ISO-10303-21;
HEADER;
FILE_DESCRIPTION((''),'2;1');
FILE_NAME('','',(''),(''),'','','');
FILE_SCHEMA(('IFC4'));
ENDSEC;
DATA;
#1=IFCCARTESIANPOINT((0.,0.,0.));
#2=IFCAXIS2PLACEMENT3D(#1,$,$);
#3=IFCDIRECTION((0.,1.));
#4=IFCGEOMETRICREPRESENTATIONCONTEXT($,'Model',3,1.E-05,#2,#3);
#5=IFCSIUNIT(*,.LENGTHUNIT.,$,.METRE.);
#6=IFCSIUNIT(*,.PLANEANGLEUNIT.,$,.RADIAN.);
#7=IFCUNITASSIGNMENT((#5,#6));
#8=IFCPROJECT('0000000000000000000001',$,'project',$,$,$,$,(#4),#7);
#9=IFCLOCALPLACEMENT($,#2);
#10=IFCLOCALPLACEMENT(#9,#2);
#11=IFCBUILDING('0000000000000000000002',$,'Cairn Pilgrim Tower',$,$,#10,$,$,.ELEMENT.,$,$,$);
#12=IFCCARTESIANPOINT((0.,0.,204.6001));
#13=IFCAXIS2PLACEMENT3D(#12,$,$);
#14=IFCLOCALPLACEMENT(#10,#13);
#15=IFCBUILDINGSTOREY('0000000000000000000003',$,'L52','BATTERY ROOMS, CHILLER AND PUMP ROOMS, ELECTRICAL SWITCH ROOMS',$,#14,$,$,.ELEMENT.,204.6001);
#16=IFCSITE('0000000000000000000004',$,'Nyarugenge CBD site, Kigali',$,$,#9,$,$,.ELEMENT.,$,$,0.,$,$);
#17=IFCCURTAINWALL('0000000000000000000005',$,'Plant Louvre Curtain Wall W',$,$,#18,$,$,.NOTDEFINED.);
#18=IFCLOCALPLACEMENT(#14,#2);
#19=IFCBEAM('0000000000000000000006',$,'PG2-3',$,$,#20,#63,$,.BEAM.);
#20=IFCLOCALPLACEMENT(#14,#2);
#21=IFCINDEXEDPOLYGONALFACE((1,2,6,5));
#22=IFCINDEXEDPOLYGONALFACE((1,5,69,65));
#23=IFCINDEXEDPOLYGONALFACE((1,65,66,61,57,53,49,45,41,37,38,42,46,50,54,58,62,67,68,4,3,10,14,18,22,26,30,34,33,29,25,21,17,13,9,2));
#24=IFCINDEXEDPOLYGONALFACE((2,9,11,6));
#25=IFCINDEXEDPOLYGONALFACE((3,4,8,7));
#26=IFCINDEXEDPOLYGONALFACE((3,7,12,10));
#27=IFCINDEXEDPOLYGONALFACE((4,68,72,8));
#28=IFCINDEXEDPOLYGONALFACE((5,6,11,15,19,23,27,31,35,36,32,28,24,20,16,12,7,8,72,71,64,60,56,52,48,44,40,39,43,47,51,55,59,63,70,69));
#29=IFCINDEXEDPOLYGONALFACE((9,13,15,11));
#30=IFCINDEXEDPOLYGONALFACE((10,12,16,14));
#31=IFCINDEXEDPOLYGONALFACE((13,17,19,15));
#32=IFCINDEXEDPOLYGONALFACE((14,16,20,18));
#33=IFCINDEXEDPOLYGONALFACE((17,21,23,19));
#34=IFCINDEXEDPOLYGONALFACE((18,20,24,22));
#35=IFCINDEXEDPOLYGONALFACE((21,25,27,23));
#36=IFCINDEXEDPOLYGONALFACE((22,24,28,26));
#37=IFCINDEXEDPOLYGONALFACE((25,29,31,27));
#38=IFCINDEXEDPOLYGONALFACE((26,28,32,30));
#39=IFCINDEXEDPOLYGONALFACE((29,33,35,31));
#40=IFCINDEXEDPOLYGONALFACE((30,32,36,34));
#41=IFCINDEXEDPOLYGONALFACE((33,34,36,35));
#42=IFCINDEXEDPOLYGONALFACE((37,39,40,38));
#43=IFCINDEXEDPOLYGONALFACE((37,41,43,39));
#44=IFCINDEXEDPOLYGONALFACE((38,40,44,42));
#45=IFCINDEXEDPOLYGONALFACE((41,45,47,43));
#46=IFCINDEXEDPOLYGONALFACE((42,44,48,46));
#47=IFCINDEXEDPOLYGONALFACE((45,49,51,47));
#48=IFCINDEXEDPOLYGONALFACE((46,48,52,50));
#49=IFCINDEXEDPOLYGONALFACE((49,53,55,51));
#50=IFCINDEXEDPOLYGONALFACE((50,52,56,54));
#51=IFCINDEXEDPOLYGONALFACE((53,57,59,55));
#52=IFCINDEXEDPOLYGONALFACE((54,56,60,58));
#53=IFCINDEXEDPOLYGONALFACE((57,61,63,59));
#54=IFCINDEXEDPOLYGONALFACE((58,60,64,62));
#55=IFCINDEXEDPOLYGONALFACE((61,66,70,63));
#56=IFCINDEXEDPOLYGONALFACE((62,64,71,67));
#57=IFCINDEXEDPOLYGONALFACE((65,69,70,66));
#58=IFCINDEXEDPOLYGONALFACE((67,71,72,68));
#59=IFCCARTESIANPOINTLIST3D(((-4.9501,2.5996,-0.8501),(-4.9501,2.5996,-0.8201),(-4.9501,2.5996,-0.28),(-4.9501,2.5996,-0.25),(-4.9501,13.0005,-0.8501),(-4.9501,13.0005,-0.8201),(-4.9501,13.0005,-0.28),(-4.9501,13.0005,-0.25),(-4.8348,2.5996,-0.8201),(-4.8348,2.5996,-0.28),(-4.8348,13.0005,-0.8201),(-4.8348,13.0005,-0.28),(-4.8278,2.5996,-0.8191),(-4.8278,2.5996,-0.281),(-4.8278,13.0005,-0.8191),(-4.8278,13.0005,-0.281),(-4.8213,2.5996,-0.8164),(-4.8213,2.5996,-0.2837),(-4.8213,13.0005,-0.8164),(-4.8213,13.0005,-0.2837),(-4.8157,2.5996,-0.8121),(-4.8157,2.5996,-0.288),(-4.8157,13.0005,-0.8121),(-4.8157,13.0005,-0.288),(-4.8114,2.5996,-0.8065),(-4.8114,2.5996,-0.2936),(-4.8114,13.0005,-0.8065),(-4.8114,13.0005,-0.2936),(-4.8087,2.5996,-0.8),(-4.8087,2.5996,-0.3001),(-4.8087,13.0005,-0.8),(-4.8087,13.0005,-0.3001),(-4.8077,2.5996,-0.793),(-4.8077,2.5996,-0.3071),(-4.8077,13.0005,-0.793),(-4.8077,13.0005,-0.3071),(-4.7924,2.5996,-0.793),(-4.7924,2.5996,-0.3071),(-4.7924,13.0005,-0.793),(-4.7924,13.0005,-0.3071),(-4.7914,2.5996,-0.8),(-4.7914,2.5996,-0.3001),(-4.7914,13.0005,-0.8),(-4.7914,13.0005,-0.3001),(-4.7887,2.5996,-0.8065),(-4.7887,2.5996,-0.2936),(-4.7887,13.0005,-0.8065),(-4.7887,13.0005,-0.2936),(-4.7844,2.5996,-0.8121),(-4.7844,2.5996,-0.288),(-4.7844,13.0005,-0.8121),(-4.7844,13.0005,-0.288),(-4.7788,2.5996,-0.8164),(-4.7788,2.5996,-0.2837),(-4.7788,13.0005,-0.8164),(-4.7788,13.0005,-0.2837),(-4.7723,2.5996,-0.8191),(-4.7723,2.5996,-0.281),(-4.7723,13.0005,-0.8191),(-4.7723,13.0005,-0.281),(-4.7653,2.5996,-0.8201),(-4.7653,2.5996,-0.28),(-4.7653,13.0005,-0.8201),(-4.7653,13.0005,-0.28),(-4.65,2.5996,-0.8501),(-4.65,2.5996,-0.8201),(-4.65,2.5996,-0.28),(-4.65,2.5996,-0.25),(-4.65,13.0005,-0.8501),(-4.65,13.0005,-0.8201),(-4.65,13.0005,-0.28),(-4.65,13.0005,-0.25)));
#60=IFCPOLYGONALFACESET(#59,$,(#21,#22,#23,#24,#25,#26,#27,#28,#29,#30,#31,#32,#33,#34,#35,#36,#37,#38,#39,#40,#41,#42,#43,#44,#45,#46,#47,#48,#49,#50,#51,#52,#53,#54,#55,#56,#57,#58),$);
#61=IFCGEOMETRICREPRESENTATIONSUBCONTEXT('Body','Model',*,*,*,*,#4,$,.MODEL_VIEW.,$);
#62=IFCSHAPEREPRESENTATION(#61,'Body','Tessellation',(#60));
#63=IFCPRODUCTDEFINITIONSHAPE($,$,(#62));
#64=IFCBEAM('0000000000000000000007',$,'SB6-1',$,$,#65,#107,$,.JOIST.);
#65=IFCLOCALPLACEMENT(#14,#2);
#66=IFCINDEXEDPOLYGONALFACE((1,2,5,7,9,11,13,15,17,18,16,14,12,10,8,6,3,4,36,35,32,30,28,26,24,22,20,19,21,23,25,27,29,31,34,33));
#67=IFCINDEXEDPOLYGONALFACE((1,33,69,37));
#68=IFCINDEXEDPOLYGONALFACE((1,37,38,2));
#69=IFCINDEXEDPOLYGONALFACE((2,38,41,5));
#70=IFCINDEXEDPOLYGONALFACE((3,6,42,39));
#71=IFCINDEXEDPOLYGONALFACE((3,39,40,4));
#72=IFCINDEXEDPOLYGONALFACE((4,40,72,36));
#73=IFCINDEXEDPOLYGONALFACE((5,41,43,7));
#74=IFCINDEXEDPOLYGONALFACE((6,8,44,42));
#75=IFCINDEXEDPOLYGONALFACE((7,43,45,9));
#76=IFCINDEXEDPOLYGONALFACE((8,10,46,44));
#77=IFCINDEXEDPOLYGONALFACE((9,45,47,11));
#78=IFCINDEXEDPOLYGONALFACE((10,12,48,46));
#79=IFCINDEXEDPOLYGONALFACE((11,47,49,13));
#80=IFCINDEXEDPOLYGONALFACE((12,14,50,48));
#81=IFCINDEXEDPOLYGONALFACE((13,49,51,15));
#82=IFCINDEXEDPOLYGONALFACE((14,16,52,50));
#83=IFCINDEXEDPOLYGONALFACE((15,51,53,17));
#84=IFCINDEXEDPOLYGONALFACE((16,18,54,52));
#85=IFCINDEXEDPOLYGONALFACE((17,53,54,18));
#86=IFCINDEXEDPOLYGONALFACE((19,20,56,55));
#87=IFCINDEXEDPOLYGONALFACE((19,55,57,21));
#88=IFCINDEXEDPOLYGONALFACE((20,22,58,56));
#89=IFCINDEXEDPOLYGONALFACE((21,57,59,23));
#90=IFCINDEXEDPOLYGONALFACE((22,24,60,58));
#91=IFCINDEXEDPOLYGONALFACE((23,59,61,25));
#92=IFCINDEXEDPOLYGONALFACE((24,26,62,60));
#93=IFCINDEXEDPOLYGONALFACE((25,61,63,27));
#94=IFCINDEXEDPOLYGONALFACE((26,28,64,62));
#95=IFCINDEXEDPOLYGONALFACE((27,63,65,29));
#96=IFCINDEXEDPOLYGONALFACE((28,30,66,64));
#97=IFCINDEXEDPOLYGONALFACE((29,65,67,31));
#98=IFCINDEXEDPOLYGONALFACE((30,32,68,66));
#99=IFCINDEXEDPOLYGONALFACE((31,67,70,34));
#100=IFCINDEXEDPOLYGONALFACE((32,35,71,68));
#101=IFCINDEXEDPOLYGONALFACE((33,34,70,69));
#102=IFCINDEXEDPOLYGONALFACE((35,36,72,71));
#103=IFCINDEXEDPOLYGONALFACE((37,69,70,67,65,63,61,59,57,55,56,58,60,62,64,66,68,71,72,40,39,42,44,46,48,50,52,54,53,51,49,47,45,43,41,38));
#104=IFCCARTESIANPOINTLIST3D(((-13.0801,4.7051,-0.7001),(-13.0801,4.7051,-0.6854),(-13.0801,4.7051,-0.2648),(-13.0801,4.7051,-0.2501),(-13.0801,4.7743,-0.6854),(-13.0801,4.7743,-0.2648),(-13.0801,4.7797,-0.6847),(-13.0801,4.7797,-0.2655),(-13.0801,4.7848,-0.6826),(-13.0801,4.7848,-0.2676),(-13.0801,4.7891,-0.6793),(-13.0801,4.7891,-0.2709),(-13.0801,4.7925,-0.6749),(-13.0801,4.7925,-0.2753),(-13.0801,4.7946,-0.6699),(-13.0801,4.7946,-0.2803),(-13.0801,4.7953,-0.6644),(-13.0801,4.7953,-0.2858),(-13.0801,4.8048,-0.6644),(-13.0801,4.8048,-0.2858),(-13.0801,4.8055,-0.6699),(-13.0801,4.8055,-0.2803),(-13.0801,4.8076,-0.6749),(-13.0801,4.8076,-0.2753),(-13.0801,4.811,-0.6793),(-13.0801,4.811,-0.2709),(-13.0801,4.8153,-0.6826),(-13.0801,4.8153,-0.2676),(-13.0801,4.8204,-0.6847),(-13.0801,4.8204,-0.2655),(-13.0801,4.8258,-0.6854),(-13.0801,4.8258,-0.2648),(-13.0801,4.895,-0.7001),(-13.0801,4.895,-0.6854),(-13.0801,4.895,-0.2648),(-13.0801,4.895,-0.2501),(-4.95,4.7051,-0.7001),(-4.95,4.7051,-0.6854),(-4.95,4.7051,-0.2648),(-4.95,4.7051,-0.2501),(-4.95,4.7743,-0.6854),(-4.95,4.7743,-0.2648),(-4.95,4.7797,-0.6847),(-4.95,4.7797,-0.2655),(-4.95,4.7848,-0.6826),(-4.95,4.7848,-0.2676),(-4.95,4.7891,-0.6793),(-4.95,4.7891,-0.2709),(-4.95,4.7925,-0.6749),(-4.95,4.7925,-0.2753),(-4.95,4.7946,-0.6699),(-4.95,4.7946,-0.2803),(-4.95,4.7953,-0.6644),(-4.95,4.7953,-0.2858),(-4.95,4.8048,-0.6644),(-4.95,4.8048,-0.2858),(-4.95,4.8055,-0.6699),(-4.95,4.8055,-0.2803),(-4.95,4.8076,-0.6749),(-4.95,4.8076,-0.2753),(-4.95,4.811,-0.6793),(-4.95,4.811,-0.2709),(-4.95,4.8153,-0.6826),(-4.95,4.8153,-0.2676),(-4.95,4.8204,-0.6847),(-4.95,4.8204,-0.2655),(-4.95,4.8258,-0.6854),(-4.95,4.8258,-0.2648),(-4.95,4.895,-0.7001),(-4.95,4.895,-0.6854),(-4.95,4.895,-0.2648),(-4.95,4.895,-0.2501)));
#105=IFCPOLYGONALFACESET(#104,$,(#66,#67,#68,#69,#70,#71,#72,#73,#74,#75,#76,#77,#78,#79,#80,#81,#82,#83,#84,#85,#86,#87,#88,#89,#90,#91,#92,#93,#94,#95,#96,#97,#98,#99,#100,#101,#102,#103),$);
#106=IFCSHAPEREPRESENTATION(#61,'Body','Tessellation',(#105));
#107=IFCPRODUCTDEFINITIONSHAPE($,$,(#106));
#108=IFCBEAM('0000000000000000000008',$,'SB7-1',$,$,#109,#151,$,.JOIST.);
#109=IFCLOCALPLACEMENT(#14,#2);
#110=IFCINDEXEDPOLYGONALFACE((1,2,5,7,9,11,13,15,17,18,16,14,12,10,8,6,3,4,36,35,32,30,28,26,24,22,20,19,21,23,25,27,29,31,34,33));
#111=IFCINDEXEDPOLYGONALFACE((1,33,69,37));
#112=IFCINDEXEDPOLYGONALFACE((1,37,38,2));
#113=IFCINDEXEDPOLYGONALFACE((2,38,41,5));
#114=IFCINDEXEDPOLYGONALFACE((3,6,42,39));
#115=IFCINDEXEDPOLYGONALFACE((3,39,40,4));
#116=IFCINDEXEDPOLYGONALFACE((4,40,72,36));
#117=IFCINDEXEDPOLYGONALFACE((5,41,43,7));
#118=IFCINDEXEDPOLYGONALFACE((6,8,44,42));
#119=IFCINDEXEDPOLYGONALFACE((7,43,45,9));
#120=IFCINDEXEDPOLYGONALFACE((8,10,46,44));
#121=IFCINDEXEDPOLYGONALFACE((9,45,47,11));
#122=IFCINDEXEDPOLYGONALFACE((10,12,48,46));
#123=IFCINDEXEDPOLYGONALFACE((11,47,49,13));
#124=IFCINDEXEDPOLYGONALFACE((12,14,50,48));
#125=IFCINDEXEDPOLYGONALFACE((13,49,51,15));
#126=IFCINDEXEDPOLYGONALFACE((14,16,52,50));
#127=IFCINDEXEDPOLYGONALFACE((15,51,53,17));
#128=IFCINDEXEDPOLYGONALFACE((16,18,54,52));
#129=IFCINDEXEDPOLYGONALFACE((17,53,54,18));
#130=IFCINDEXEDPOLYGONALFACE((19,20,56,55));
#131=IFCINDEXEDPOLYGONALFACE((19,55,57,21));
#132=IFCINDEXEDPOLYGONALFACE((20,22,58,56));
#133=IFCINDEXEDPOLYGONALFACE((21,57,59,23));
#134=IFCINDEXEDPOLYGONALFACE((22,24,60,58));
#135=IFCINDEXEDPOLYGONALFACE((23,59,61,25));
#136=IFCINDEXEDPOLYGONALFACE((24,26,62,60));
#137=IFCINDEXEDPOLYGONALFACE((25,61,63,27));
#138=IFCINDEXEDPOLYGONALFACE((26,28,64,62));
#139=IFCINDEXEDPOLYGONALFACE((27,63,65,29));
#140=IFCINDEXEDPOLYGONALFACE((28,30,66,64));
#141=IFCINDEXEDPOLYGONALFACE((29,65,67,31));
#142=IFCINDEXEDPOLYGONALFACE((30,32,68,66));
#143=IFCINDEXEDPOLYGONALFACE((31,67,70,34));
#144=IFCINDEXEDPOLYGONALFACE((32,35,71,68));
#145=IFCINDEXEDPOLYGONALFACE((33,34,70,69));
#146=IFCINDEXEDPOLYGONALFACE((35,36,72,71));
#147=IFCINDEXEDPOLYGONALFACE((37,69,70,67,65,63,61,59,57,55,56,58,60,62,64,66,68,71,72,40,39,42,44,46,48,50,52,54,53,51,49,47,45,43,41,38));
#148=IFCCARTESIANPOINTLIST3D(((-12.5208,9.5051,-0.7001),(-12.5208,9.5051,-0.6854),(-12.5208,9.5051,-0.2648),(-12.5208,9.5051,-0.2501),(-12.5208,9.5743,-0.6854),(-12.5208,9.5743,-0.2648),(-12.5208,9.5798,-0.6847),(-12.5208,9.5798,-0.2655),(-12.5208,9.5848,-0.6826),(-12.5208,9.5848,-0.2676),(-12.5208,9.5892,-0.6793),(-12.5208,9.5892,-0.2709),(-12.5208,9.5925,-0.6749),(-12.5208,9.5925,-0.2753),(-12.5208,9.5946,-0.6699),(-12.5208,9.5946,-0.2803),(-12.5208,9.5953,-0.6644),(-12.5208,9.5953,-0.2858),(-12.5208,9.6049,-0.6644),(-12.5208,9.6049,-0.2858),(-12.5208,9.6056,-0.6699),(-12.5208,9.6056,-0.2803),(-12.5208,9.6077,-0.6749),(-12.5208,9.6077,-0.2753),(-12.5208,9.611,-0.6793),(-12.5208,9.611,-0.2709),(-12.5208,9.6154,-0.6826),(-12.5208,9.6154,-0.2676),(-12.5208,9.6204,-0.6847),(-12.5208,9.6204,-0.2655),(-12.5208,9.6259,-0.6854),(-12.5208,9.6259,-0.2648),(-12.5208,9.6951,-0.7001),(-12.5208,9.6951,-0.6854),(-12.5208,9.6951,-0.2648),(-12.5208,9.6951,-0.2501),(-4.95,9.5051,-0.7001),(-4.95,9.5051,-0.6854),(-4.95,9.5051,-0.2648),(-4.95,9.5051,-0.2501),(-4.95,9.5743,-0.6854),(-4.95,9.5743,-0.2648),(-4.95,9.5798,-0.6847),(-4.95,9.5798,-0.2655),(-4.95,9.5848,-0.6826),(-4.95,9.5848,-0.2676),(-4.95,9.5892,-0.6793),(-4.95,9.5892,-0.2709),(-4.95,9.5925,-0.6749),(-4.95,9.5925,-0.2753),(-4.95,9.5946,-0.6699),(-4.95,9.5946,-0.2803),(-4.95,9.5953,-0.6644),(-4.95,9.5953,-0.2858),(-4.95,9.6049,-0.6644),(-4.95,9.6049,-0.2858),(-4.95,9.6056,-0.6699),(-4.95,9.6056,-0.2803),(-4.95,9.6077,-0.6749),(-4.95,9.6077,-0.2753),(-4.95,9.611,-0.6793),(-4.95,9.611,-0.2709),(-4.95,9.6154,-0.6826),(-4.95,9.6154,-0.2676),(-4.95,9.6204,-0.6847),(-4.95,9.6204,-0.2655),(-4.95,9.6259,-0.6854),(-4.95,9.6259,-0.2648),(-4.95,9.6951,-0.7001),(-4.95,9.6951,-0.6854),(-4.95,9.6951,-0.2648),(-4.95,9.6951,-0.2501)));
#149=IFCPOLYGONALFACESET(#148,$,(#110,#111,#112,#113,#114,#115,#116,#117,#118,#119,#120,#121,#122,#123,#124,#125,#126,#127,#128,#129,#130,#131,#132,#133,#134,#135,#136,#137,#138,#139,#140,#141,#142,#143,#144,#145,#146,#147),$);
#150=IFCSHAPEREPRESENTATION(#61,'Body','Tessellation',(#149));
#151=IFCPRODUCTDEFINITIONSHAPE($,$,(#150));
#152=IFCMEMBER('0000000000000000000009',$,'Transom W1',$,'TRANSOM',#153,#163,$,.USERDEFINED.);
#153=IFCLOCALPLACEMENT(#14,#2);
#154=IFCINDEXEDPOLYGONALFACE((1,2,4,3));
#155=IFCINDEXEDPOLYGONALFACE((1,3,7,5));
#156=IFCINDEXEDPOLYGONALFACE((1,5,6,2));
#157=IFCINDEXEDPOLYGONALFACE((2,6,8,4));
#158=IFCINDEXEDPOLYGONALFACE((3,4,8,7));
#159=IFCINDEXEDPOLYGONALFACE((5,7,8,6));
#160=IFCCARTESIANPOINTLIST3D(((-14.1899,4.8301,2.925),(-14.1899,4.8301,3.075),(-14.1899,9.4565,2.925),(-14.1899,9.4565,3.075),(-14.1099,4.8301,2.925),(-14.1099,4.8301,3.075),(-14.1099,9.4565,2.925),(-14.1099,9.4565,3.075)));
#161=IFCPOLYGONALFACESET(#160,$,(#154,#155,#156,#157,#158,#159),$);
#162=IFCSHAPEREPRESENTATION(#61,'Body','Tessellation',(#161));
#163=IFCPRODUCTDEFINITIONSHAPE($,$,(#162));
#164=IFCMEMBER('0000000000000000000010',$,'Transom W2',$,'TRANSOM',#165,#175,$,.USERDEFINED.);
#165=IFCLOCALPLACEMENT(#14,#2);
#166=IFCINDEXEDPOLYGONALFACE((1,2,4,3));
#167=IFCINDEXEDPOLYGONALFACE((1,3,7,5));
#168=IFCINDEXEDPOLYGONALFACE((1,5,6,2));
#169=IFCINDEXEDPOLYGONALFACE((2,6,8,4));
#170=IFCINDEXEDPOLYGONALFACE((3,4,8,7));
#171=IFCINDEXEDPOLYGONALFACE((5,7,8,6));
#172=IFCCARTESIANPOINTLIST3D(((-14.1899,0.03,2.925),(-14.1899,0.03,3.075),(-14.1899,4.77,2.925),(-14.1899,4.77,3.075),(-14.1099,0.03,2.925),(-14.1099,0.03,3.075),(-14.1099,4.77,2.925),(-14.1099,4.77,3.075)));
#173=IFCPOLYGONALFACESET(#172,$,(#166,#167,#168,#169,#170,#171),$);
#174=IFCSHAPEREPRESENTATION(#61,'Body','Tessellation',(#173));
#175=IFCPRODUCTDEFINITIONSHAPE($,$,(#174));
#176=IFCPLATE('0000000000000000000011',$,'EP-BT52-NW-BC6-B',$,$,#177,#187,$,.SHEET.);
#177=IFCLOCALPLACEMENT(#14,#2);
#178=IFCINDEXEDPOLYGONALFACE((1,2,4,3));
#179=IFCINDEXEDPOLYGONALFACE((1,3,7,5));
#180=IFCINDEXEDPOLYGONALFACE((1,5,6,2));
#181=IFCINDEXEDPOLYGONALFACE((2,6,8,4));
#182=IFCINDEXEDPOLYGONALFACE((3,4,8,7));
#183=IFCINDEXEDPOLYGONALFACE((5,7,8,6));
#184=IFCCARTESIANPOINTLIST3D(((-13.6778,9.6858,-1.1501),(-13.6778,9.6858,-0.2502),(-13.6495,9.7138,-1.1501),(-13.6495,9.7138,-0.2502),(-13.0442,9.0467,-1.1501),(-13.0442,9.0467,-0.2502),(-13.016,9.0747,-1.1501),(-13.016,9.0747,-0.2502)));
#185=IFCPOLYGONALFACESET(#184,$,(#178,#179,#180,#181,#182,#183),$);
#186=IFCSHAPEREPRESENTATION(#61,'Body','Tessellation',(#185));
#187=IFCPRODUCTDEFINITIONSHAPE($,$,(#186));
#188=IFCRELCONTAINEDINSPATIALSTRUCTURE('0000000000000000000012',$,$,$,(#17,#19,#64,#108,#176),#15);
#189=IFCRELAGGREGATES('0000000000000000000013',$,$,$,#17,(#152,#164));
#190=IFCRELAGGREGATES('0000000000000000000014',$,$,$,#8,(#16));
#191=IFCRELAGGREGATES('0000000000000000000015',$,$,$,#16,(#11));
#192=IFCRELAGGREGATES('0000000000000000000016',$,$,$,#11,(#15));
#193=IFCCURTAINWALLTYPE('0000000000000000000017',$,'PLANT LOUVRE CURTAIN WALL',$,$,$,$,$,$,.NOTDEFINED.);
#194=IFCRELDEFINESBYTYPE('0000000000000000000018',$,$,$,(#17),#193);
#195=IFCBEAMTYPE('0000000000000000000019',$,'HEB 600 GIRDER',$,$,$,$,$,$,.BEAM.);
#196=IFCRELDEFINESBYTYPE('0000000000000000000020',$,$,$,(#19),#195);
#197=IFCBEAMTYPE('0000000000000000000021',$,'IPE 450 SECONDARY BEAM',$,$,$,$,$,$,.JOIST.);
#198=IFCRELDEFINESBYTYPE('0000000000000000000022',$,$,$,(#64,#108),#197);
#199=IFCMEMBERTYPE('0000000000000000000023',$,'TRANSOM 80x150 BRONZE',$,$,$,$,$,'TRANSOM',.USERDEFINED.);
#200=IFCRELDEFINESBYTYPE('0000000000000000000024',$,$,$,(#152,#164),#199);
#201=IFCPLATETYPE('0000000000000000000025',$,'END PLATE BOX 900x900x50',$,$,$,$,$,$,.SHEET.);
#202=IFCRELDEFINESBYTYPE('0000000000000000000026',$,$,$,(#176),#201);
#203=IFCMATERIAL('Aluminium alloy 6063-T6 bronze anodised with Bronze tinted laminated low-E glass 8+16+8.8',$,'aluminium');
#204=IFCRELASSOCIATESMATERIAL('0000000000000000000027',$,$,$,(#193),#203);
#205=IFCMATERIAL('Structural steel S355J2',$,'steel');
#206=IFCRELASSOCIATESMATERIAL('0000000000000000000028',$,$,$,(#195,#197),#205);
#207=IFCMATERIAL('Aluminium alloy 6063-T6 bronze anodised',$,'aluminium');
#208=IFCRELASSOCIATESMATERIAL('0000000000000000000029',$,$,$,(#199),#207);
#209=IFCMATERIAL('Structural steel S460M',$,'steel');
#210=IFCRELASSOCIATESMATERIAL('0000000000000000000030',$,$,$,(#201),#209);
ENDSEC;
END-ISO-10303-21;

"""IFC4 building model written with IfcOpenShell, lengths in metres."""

from ifc_helpers import new_model, si_unit, direction, frame, origin, origin_2d, place, context, subcontext, project, spatial, rectangle, i_section, extrude, material, material_profile, profile_set, type_object, element, aggregate, save


model = new_model("IFC4")

# Units and contexts
model_context = context("Model", 3, precision=1e-05, world=origin(), true_north=direction((0.0, 1.0)))
body_context = subcontext(model_context, "Body", "Model", "MODEL_VIEW")
ifc_project = project(units=[si_unit("LENGTHUNIT", "METRE"), si_unit("PLANEANGLEUNIT", "RADIAN")], contexts=[model_context])

# Site, building, storey
site_placement = place(None, origin())
site = spatial("IfcSite", under=ifc_project, at=site_placement, Name="Nyarugenge CBD site, Kigali", CompositionType="ELEMENT", RefElevation=0.0)
building_placement = place(site_placement, origin())
building = spatial("IfcBuilding", under=site, at=building_placement, Name="Cairn Pilgrim Tower", CompositionType="ELEMENT")
storey_placement = place(building_placement, frame((0.0, 0.0, 204.6001)))
storey = spatial("IfcBuildingStorey", under=building, at=storey_placement, Name="L52", Description="BATTERY ROOMS, CHILLER AND PUMP ROOMS, ELECTRICAL SWITCH ROOMS", CompositionType="ELEMENT", Elevation=204.6001)

# Shared definitions
ifc_material_1 = material(Name="Structural steel S460M", Category="steel")
ifc_material_2 = material(Name="Structural steel S355J2", Category="steel")

# Curtain wall
ifc_material_3 = material(Name="Aluminium alloy 6063-T6 bronze anodised with Bronze tinted laminated low-E glass 8+16+8.8", Category="aluminium")
curtain_wall_type = type_object("IfcCurtainWallType", Name="PLANT LOUVRE CURTAIN WALL", PredefinedType="NOTDEFINED", material=ifc_material_3)
curtain_wall_1_placement = place(storey_placement, origin())
curtain_wall_1 = element("IfcCurtainWall", 1, at=curtain_wall_1_placement, inside=storey, type_object=curtain_wall_type, Name="Plant Louvre Curtain Wall W", PredefinedType="NOTDEFINED")
ifc_material_4 = material(Name="Aluminium alloy 6063-T6 bronze anodised", Category="aluminium")

# Beams
ifc_material_profile_1 = material_profile(ifc_material_2, i_section(OverallWidth=0.3, OverallDepth=0.6001, WebThickness=0.0154, FlangeThickness=0.03, FilletRadius=0.0271, at=origin_2d()), Name="HEB 600")
ifc_profile_set_1 = profile_set([ifc_material_profile_1], Name="Structural steel S355J2")
beam_type_1 = type_object("IfcBeamType", Name="HEB 600 GIRDER", PredefinedType="BEAM", material=ifc_profile_set_1)
beam_1_placement = place(storey_placement, frame((-4.8, 2.5996, -0.55), z_axis=(0.0, 1.0, 0.0), x_axis=(-1.0, 0.0, 0.0)))
element("IfcBeam", 2, at=beam_1_placement, inside=storey, type_object=beam_type_1, Name="PG2-3", PredefinedType="BEAM", context=body_context, shape_type="SweptSolid", body=[
    extrude(i_section(OverallWidth=0.3, OverallDepth=0.6001, WebThickness=0.0154, FlangeThickness=0.03, FilletRadius=0.0271, at=origin_2d()), origin(), (0.0, 0.0, 1.0), 10.4009),
])
ifc_material_profile_2 = material_profile(ifc_material_2, i_section(OverallWidth=0.1899, OverallDepth=0.45, WebThickness=0.0095, FlangeThickness=0.0146, FilletRadius=0.021, at=origin_2d()), Name="IPE 450")
ifc_profile_set_2 = profile_set([ifc_material_profile_2], Name="Structural steel S355J2")
beam_type_2 = type_object("IfcBeamType", Name="IPE 450 SECONDARY BEAM", PredefinedType="JOIST", material=ifc_profile_set_2)
beam_2_placement = place(storey_placement, frame((-13.0801, 4.8, -0.4751), z_axis=(1.0, 0.0, 0.0), x_axis=(0.0, 1.0, 0.0)))
element("IfcBeam", 3, at=beam_2_placement, inside=storey, type_object=beam_type_2, Name="SB6-1", PredefinedType="JOIST", context=body_context, shape_type="SweptSolid", body=[
    extrude(i_section(OverallWidth=0.1899, OverallDepth=0.45, WebThickness=0.0095, FlangeThickness=0.0146, FilletRadius=0.021, at=origin_2d()), origin(), (0.0, 0.0, 1.0), 8.1301),
])
beam_3_placement = place(storey_placement, frame((-12.5208, 9.6001, -0.4751), z_axis=(1.0, 0.0, 0.0), x_axis=(0.0, 1.0, 0.0)))
element("IfcBeam", 4, at=beam_3_placement, inside=storey, type_object=beam_type_2, Name="SB7-1", PredefinedType="JOIST", context=body_context, shape_type="SweptSolid", body=[
    extrude(i_section(OverallWidth=0.1899, OverallDepth=0.45, WebThickness=0.0095, FlangeThickness=0.0146, FilletRadius=0.021, at=origin_2d()), origin(), (0.0, 0.0, 1.0), 7.5708),
])

# Members
ifc_material_profile_3 = material_profile(ifc_material_4, rectangle(XDim=0.0801, YDim=0.1499, at=origin_2d()), Name="TRANSOM 80x150 BRONZE")
ifc_profile_set_3 = profile_set([ifc_material_profile_3], Name="Aluminium alloy 6063-T6 bronze anodised")
member_type_1 = type_object("IfcMemberType", Name="TRANSOM 80x150 BRONZE", ElementType="TRANSOM", PredefinedType="USERDEFINED", material=ifc_profile_set_3)
member_1_placement = place(storey_placement, frame((-14.1499, 9.4565, 3.0), z_axis=(0.0, -1.0, 0.0), x_axis=(1.0, 0.0, 0.0)))
member_1 = element("IfcMember", 5, at=member_1_placement, type_object=member_type_1, Name="Transom W1", ObjectType="TRANSOM", PredefinedType="USERDEFINED", context=body_context, shape_type="SweptSolid", body=[
    extrude(rectangle(XDim=0.0801, YDim=0.1499, at=origin_2d()), origin(), (0.0, 0.0, 1.0), 4.6265),
])
member_2_placement = place(storey_placement, frame((-14.1499, 4.77, 3.0), z_axis=(0.0, -1.0, 0.0), x_axis=(1.0, 0.0, 0.0)))
member_2 = element("IfcMember", 6, at=member_2_placement, type_object=member_type_1, Name="Transom W2", ObjectType="TRANSOM", PredefinedType="USERDEFINED", context=body_context, shape_type="SweptSolid", body=[
    extrude(rectangle(XDim=0.0801, YDim=0.1499, at=origin_2d()), origin(), (0.0, 0.0, 1.0), 4.74),
])

# Plate
ifc_material_profile_4 = material_profile(ifc_material_1, rectangle(XDim=0.8999, YDim=0.8999, at=origin_2d()), Name="END PLATE BOX 900x900x50")
ifc_profile_set_4 = profile_set([ifc_material_profile_4], Name="Structural steel S460M")
plate_type_1 = type_object("IfcPlateType", Name="END PLATE BOX 900x900x50", PredefinedType="SHEET", material=ifc_profile_set_4)
plate_1_placement = place(storey_placement, frame((-13.3328, 9.3943, -0.7002), z_axis=(-0.710161, -0.704039, 0.0), x_axis=(0.704039, -0.710161, 0.0)))
element("IfcPlate", 7, at=plate_1_placement, inside=storey, type_object=plate_type_1, Name="EP-BT52-NW-BC6-B", PredefinedType="SHEET", context=body_context, shape_type="SweptSolid", body=[
    extrude(rectangle(XDim=0.8999, YDim=0.8999, at=origin_2d()), origin(), (0.0, 0.0, 1.0), 0.0398),
])

aggregate(curtain_wall_1, [member_1, member_2])

save(model, "model.ifc")
